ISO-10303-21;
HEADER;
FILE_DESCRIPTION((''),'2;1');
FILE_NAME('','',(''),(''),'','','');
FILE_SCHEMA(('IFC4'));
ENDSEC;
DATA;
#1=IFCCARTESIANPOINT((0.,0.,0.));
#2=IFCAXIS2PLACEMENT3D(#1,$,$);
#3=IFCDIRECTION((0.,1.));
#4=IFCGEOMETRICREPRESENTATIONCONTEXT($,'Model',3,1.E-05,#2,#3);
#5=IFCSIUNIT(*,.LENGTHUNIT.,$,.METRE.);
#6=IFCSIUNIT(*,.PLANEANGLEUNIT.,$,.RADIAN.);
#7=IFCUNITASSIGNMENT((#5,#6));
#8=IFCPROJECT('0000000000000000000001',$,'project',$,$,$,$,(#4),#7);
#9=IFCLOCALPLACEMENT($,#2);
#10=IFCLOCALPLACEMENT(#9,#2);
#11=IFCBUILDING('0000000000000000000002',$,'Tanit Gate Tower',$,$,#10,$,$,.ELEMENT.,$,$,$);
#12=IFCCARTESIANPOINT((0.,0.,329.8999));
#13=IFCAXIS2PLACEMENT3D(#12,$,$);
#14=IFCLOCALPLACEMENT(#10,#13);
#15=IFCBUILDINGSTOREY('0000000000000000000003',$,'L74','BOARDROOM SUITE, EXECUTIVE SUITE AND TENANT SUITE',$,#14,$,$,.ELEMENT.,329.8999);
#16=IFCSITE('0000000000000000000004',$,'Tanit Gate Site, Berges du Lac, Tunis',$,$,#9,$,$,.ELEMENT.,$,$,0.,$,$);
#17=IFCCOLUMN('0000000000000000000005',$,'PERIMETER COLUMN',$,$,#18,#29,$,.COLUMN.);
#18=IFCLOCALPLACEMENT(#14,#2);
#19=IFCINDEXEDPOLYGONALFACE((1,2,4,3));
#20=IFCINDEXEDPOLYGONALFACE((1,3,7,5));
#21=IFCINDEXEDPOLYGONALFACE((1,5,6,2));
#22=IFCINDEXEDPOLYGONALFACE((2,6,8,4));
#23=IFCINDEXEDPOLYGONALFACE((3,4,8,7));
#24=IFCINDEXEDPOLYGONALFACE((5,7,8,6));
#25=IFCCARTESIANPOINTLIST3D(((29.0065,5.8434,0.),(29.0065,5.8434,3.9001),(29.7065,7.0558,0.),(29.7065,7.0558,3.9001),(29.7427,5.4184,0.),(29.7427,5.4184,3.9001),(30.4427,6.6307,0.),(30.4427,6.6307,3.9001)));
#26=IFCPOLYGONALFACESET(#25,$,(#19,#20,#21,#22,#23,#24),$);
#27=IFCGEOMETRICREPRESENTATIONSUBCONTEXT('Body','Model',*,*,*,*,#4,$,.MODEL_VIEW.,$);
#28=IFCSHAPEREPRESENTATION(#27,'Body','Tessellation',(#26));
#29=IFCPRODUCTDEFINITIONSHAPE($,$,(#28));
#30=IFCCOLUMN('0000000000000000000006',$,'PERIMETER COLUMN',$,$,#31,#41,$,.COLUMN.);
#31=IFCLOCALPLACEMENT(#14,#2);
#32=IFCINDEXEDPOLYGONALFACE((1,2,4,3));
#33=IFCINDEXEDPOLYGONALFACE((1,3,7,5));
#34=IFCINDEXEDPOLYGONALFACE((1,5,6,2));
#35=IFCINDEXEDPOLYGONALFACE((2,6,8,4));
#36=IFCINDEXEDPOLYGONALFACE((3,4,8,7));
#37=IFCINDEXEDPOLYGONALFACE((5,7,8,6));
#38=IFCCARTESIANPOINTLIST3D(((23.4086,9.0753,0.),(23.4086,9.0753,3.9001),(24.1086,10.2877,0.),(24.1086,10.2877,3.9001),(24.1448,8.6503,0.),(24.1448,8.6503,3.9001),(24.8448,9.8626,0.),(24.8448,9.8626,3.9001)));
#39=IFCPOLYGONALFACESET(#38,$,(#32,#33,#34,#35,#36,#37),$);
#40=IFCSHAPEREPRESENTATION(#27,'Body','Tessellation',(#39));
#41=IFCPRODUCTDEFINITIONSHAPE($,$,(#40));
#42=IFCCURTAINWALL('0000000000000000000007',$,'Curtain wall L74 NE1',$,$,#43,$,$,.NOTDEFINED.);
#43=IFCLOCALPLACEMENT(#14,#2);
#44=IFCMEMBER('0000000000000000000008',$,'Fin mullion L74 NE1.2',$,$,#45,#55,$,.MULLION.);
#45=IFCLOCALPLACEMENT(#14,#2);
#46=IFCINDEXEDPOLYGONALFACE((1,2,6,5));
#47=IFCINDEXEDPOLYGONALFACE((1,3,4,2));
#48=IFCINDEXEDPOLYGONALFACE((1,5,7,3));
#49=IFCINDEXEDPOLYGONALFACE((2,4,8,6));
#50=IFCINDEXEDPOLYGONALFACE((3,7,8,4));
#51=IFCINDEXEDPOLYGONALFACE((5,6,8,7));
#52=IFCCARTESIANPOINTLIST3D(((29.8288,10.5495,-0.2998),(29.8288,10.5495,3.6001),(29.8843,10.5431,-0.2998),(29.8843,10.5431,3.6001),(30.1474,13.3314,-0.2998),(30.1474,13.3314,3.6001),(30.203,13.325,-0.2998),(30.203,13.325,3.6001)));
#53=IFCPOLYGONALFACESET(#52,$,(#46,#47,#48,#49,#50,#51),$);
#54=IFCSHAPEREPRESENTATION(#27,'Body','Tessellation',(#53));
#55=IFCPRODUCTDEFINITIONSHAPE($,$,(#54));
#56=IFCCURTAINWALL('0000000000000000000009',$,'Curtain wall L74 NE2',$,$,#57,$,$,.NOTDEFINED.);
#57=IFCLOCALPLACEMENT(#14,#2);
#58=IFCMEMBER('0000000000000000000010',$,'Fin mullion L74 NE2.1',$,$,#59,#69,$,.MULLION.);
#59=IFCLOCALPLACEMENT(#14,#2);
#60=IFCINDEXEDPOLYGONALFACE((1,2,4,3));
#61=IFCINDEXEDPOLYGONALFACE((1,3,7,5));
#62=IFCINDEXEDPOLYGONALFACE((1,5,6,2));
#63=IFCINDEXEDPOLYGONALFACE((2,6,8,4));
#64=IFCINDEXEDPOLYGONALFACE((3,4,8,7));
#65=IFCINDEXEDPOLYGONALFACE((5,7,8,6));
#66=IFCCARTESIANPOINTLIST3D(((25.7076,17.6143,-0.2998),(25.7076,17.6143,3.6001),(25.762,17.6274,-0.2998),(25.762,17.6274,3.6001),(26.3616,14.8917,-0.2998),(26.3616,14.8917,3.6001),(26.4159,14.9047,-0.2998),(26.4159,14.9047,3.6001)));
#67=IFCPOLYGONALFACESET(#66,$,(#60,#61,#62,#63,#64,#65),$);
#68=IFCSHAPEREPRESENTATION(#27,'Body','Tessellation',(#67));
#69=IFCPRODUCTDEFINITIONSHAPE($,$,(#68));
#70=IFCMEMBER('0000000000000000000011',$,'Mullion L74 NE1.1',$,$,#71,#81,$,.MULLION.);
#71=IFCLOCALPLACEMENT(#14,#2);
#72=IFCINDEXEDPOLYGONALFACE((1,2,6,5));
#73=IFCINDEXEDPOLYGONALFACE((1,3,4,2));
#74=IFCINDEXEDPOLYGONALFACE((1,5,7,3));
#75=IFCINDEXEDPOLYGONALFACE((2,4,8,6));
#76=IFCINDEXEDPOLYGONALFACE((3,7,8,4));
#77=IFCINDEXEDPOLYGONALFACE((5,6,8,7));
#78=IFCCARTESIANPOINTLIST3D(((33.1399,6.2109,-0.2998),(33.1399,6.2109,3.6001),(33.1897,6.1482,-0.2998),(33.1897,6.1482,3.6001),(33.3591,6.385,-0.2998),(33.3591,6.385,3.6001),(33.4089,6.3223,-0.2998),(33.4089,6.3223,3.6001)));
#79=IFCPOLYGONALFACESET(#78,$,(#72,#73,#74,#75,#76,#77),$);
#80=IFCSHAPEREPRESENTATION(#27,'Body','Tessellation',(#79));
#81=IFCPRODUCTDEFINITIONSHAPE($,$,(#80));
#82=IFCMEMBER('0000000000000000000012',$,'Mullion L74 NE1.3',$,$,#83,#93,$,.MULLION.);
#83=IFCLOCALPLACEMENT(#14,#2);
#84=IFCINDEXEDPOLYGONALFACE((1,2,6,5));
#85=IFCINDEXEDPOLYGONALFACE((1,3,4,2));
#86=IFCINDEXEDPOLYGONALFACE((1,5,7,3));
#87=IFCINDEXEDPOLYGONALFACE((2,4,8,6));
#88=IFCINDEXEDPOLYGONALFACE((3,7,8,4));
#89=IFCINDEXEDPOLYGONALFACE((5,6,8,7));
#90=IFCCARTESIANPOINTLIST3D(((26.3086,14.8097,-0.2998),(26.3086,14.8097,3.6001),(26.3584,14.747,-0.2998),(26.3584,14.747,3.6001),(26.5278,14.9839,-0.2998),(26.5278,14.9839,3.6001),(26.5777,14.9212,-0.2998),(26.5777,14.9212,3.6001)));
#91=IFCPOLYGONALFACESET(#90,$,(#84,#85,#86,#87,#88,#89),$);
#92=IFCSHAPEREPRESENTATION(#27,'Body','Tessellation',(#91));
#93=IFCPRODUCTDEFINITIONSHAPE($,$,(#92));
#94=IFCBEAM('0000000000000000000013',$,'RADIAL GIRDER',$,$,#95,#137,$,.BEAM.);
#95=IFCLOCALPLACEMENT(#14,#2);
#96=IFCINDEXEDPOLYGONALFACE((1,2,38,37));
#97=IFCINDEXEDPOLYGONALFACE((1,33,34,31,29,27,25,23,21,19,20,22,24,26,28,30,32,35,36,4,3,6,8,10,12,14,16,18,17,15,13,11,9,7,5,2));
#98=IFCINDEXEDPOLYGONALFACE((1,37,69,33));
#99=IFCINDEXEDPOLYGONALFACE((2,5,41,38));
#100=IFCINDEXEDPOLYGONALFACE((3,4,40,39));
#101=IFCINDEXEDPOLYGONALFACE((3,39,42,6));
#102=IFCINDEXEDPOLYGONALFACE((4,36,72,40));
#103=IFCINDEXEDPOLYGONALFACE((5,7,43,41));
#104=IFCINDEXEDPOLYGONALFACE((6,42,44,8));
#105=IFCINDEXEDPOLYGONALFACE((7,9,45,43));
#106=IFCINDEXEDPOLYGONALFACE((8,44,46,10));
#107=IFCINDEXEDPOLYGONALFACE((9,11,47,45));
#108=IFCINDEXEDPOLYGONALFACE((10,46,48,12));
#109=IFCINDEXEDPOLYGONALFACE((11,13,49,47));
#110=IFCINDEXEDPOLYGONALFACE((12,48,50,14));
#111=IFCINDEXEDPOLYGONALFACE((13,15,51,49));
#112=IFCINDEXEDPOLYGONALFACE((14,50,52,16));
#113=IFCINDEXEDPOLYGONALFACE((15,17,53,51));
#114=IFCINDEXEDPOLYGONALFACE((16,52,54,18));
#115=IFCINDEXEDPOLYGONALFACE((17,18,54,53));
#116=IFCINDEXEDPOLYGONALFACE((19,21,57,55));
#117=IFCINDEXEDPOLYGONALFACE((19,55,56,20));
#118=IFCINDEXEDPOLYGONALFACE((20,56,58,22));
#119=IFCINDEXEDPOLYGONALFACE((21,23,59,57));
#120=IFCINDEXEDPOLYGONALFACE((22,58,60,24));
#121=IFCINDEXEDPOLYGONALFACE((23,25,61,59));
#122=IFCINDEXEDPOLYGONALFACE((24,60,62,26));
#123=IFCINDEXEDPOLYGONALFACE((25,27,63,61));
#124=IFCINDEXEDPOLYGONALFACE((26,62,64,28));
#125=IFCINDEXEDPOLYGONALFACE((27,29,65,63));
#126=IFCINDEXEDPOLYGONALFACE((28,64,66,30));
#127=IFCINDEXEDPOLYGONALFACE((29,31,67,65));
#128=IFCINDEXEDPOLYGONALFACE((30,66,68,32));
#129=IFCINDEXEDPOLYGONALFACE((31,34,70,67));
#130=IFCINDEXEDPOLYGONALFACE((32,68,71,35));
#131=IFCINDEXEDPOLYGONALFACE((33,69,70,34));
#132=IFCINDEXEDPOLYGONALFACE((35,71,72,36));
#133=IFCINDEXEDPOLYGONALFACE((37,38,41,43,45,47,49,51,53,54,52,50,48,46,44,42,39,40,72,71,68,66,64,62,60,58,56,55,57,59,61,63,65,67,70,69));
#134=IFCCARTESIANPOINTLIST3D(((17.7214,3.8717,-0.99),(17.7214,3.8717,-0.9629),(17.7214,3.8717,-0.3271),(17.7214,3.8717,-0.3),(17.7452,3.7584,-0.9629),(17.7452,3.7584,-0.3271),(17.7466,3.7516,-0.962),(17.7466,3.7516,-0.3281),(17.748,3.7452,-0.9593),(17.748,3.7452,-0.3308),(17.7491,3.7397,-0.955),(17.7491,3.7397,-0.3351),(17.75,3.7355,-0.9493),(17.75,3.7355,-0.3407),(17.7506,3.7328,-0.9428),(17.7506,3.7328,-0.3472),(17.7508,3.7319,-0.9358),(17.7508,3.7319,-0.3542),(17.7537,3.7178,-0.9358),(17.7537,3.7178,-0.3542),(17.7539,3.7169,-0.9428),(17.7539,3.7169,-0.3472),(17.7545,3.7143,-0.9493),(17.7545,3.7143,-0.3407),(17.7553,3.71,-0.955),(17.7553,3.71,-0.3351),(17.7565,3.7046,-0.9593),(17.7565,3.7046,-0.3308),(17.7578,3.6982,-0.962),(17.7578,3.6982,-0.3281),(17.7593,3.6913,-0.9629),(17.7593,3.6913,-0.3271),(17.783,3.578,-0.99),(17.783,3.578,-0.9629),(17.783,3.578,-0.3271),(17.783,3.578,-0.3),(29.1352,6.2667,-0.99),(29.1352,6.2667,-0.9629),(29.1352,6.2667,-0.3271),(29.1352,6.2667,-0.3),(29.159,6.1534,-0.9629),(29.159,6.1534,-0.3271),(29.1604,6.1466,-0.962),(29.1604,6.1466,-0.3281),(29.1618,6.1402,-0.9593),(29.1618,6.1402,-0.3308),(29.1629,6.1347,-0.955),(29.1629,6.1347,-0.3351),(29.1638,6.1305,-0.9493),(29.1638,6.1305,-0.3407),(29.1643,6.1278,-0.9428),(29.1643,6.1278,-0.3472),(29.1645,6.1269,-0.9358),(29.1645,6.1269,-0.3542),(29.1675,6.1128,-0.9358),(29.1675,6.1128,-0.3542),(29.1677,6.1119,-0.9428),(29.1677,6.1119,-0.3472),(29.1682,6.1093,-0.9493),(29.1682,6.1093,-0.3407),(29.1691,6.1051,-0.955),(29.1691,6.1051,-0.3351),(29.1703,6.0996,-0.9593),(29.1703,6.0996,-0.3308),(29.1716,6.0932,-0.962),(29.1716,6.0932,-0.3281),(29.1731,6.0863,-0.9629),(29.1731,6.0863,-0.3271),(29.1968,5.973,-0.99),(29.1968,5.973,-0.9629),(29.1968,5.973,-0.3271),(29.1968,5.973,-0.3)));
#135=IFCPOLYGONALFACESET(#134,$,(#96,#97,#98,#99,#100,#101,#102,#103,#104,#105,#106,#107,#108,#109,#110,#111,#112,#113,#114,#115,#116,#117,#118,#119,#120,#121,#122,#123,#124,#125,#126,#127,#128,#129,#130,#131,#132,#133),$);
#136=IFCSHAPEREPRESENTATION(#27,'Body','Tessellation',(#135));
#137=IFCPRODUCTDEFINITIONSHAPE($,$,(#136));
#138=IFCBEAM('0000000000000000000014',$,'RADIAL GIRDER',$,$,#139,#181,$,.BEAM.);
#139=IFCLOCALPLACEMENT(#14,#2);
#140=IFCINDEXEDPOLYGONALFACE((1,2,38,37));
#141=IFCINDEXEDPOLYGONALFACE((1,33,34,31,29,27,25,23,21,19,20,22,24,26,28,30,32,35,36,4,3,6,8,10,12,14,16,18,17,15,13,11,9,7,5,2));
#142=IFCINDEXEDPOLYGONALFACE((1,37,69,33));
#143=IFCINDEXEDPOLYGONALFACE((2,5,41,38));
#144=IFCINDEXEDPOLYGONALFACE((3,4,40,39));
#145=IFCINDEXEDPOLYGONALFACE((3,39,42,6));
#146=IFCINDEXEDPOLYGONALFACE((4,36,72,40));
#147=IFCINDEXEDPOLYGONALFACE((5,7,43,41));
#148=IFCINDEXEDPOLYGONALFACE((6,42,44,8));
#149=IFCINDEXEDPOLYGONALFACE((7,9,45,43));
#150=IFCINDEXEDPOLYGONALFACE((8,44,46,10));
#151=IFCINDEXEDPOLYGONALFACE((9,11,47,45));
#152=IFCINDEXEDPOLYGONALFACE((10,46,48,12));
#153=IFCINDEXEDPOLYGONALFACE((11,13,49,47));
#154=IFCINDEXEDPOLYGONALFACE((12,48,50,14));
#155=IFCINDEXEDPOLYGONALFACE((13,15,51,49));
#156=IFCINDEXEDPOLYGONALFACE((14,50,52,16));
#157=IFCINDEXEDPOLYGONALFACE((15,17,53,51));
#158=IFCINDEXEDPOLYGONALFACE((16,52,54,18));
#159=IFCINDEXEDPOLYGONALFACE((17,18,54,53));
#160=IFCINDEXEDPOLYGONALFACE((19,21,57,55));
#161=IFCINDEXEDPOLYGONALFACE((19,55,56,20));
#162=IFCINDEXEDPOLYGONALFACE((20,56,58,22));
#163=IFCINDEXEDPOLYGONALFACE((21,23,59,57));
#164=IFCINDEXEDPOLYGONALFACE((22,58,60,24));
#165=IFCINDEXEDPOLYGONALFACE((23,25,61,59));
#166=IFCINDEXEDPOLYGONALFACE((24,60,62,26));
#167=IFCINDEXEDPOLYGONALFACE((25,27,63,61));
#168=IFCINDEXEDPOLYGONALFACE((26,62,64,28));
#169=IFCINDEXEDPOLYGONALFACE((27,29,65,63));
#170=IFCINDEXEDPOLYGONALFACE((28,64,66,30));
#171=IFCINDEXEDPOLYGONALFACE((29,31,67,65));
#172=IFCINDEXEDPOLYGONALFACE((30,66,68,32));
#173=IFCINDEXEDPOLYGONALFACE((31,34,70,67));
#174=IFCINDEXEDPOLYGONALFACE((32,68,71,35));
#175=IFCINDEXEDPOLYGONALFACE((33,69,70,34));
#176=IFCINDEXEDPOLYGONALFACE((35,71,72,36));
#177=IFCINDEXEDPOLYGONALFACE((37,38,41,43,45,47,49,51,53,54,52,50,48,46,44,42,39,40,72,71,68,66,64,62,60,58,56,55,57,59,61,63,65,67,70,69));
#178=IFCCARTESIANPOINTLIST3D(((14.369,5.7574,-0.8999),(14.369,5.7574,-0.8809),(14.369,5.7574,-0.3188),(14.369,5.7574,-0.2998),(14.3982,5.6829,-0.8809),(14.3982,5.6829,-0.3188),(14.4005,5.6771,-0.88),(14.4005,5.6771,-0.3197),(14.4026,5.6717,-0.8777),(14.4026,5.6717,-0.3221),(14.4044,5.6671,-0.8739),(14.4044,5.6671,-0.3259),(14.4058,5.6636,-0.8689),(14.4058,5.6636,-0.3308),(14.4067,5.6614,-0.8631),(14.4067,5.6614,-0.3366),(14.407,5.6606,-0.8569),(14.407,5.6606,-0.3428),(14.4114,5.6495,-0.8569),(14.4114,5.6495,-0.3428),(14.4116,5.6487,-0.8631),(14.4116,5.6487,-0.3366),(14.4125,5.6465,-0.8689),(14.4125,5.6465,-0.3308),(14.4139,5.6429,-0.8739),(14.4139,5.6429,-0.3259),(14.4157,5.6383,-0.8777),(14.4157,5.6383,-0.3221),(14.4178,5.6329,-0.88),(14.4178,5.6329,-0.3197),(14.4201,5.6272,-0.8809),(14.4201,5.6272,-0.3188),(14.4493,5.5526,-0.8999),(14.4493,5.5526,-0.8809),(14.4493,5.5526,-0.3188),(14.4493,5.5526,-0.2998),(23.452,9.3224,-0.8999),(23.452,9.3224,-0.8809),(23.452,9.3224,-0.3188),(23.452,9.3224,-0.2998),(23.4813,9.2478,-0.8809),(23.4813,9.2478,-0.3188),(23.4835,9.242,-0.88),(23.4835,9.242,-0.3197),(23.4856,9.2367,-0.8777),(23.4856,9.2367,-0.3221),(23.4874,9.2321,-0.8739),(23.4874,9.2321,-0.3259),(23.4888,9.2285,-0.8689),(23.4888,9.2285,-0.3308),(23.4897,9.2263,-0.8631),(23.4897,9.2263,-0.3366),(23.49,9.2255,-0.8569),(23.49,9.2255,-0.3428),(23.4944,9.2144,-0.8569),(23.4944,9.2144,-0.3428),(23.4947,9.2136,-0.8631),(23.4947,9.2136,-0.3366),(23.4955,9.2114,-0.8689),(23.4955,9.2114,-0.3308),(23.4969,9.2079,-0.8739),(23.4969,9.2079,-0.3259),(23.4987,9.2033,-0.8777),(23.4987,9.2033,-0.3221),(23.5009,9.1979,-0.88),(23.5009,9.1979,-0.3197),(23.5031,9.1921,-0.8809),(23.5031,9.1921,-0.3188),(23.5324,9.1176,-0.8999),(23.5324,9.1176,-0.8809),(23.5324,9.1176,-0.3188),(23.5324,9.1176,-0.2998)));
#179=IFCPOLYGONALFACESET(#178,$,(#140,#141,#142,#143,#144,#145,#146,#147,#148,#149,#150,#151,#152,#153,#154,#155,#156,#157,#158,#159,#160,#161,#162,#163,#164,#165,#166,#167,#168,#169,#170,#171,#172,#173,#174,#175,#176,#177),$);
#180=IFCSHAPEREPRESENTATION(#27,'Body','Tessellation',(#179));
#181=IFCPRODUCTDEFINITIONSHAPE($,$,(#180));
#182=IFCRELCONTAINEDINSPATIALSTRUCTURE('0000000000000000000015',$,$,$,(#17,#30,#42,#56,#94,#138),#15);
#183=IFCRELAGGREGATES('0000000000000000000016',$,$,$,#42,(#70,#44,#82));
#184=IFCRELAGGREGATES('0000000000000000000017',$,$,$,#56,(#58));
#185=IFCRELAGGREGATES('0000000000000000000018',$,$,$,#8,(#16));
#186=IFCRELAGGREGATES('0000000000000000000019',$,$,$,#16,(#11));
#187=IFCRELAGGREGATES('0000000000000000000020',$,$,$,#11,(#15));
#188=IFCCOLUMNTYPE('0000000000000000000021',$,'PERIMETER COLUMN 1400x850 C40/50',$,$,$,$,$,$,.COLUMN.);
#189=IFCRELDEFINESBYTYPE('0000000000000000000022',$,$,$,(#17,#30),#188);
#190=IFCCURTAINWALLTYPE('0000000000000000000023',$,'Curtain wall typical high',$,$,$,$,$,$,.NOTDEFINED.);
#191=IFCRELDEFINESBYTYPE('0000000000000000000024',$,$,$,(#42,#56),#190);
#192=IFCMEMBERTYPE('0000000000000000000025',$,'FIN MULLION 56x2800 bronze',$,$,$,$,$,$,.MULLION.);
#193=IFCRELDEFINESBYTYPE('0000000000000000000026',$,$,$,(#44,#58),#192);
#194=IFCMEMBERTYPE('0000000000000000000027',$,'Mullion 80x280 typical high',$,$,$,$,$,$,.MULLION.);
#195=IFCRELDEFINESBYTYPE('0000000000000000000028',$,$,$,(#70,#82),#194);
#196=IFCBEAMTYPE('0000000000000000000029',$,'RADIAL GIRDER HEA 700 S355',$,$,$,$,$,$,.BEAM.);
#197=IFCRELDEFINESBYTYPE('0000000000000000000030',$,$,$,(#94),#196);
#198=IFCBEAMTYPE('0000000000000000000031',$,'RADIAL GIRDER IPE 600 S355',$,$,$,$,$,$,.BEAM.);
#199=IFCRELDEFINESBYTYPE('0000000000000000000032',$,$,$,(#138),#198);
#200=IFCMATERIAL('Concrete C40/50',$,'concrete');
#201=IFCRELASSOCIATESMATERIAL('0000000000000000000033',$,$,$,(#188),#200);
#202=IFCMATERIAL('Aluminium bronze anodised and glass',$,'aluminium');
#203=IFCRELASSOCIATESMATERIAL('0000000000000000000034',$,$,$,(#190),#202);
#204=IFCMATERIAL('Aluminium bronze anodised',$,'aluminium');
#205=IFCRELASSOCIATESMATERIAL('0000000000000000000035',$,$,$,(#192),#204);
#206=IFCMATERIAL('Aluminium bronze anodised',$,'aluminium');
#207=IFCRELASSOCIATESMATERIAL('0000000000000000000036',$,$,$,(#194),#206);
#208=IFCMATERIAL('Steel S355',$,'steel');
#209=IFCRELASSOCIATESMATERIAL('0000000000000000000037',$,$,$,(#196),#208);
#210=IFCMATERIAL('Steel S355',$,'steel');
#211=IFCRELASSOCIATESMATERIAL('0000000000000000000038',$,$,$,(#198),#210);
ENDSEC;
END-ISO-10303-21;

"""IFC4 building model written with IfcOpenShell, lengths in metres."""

from ifc_helpers import new_model, si_unit, direction, frame, origin, origin_2d, place, context, subcontext, project, spatial, rectangle, i_section, extrude, material, material_profile, profile_set, type_object, element, aggregate, save


model = new_model("IFC4")

# Units and contexts
model_context = context("Model", 3, precision=1e-05, world=origin(), true_north=direction((0.0, 1.0)))
body_context = subcontext(model_context, "Body", "Model", "MODEL_VIEW")
ifc_project = project(units=[si_unit("LENGTHUNIT", "METRE"), si_unit("PLANEANGLEUNIT", "RADIAN")], contexts=[model_context])

# Site, building, storey
site_placement = place(None, origin())
site = spatial("IfcSite", under=ifc_project, at=site_placement, Name="Tanit Gate Site, Berges du Lac, Tunis", CompositionType="ELEMENT", RefElevation=0.0)
building_placement = place(site_placement, origin())
building = spatial("IfcBuilding", under=site, at=building_placement, Name="Tanit Gate Tower", CompositionType="ELEMENT")
storey_placement = place(building_placement, frame((0.0, 0.0, 329.8999)))
storey = spatial("IfcBuildingStorey", under=building, at=storey_placement, Name="L74", Description="BOARDROOM SUITE, EXECUTIVE SUITE AND TENANT SUITE", CompositionType="ELEMENT", Elevation=329.8999)

# Columns
ifc_material_1 = material(Name="Concrete C40/50", Category="concrete")
ifc_material_profile_1 = material_profile(ifc_material_1, rectangle(XDim=1.3999, YDim=0.8501, at=origin_2d()), Name="RC 1400x850")
ifc_profile_set_1 = profile_set([ifc_material_profile_1], Name="Concrete C40/50")
column_type = type_object("IfcColumnType", Name="PERIMETER COLUMN 1400x850 C40/50", PredefinedType="COLUMN", material=ifc_profile_set_1)
for number, where, z_axis, x_axis, name in (
    (1, (29.7246, 6.2371, 0.0), (0.0, 0.0, 1.0), (0.5, 0.866025, 0.0), "PERIMETER COLUMN"),
    (2, (24.1267, 9.469, 0.0), (0.0, 0.0, 1.0), (0.5, 0.866025, 0.0), "PERIMETER COLUMN"),
):
    element("IfcColumn", number, at=place(storey_placement, frame(where, z_axis=z_axis, x_axis=x_axis)), inside=storey, type_object=column_type, Name=name, PredefinedType="COLUMN", context=body_context, shape_type="SweptSolid", body=[
        extrude(rectangle(XDim=1.3999, YDim=0.8501, at=origin_2d()), origin(), (0.0, 0.0, 1.0), 3.9001),
    ])

# Curtain walls, members
ifc_material_2 = material(Name="Aluminium bronze anodised and glass", Category="aluminium")
curtain_wall_type = type_object("IfcCurtainWallType", Name="Curtain wall typical high", PredefinedType="NOTDEFINED", material=ifc_material_2)
curtain_wall_1_placement = place(storey_placement, origin())
curtain_wall_1 = element("IfcCurtainWall", 3, at=curtain_wall_1_placement, inside=storey, type_object=curtain_wall_type, Name="Curtain wall L74 NE1", PredefinedType="NOTDEFINED")
ifc_material_3 = material(Name="Aluminium bronze anodised", Category="aluminium")
ifc_material_profile_2 = material_profile(ifc_material_3, rectangle(XDim=2.8, YDim=0.0559, at=origin_2d()), Name="56x2800 bronze fin mullion")
ifc_profile_set_2 = profile_set([ifc_material_profile_2], Name="Aluminium bronze anodised")
member_type_1 = type_object("IfcMemberType", Name="FIN MULLION 56x2800 bronze", PredefinedType="MULLION", material=ifc_profile_set_2)
member_1_placement = place(storey_placement, frame((30.0159, 11.9373, -0.2998), z_axis=(0.0, 0.0, 1.0), x_axis=(-0.113811, -0.993502, 0.0)))
member_1 = element("IfcMember", 4, at=member_1_placement, type_object=member_type_1, Name="Fin mullion L74 NE1.2", PredefinedType="MULLION", context=body_context, shape_type="SweptSolid", body=[
    extrude(rectangle(XDim=2.8, YDim=0.0559, at=origin_2d()), origin(), (0.0, 0.0, 1.0), 3.8999),
])
curtain_wall_2_placement = place(storey_placement, origin())
curtain_wall_2 = element("IfcCurtainWall", 5, at=curtain_wall_2_placement, inside=storey, type_object=curtain_wall_type, Name="Curtain wall L74 NE2", PredefinedType="NOTDEFINED")
member_2_placement = place(storey_placement, frame((26.0618, 16.2595, -0.2998), z_axis=(0.0, 0.0, 1.0), x_axis=(0.233557, -0.972343, 0.0)))
member_2 = element("IfcMember", 6, at=member_2_placement, type_object=member_type_1, Name="Fin mullion L74 NE2.1", PredefinedType="MULLION", context=body_context, shape_type="SweptSolid", body=[
    extrude(rectangle(XDim=2.8, YDim=0.0559, at=origin_2d()), origin(), (0.0, 0.0, 1.0), 3.8999),
])

# Members
ifc_material_4 = material(Name="Aluminium bronze anodised", Category="aluminium")
ifc_material_profile_3 = material_profile(ifc_material_4, rectangle(XDim=0.28, YDim=0.0801, at=origin_2d()), Name="80x280 bronze mullion")
ifc_profile_set_3 = profile_set([ifc_material_profile_3], Name="Aluminium bronze anodised")
member_type_2 = type_object("IfcMemberType", Name="Mullion 80x280 typical high", PredefinedType="MULLION", material=ifc_profile_set_3)
member_3_placement = place(storey_placement, frame((33.2744, 6.2666, -0.2998), z_axis=(0.0, 0.0, 1.0), x_axis=(-0.782989, -0.622036, 0.0)))
member_3 = element("IfcMember", 7, at=member_3_placement, type_object=member_type_2, Name="Mullion L74 NE1.1", PredefinedType="MULLION", context=body_context, shape_type="SweptSolid", body=[
    extrude(rectangle(XDim=0.28, YDim=0.0801, at=origin_2d()), origin(), (0.0, 0.0, 1.0), 3.8999),
])
member_4_placement = place(storey_placement, frame((26.4431, 14.8655, -0.2998), z_axis=(0.0, 0.0, 1.0), x_axis=(-0.782989, -0.622036, 0.0)))
member_4 = element("IfcMember", 8, at=member_4_placement, type_object=member_type_2, Name="Mullion L74 NE1.3", PredefinedType="MULLION", context=body_context, shape_type="SweptSolid", body=[
    extrude(rectangle(XDim=0.28, YDim=0.0801, at=origin_2d()), origin(), (0.0, 0.0, 1.0), 3.8999),
])

# Beams
ifc_material_5 = material(Name="Steel S355", Category="steel")
ifc_material_profile_4 = material_profile(ifc_material_5, i_section(OverallWidth=0.3, OverallDepth=0.6899, WebThickness=0.0144, FlangeThickness=0.0271, FilletRadius=0.0271, at=origin_2d()), Name="HEA 700")
ifc_profile_set_4 = profile_set([ifc_material_profile_4], Name="Steel S355")
beam_type_1 = type_object("IfcBeamType", Name="RADIAL GIRDER HEA 700 S355", PredefinedType="BEAM", material=ifc_profile_set_4)
beam_1_placement = place(storey_placement, frame((29.166, 6.1199, -0.645), z_axis=(-0.978686, -0.205363, 0.0), x_axis=(0.205363, -0.978686, 0.0)))
element("IfcBeam", 9, at=beam_1_placement, inside=storey, type_object=beam_type_1, Name="RADIAL GIRDER", PredefinedType="BEAM", context=body_context, shape_type="SweptSolid", body=[
    extrude(i_section(OverallWidth=0.3, OverallDepth=0.6899, WebThickness=0.0144, FlangeThickness=0.0271, FilletRadius=0.0271, at=origin_2d()), origin(), (0.0, 0.0, 1.0), 11.6624),
])
ifc_material_6 = material(Name="Steel S355", Category="steel")
ifc_material_profile_5 = material_profile(ifc_material_6, i_section(OverallWidth=0.22, OverallDepth=0.6001, WebThickness=0.012, FlangeThickness=0.019, FilletRadius=0.0239, at=origin_2d()), Name="IPE 600")
ifc_profile_set_5 = profile_set([ifc_material_profile_5], Name="Steel S355")
beam_type_2 = type_object("IfcBeamType", Name="RADIAL GIRDER IPE 600 S355", PredefinedType="BEAM", material=ifc_profile_set_5)
beam_2_placement = place(storey_placement, frame((23.4922, 9.22, -0.5999), z_axis=(-0.930869, -0.365352, 0.0), x_axis=(0.365352, -0.930869, 0.0)))
element("IfcBeam", 10, at=beam_2_placement, inside=storey, type_object=beam_type_2, Name="RADIAL GIRDER", PredefinedType="BEAM", context=body_context, shape_type="SweptSolid", body=[
    extrude(i_section(OverallWidth=0.22, OverallDepth=0.6001, WebThickness=0.012, FlangeThickness=0.019, FilletRadius=0.0239, at=origin_2d()), origin(), (0.0, 0.0, 1.0), 9.7576),
])

aggregate(curtain_wall_1, [member_3, member_1, member_4])
aggregate(curtain_wall_2, [member_2])

save(model, "model.ifc")
